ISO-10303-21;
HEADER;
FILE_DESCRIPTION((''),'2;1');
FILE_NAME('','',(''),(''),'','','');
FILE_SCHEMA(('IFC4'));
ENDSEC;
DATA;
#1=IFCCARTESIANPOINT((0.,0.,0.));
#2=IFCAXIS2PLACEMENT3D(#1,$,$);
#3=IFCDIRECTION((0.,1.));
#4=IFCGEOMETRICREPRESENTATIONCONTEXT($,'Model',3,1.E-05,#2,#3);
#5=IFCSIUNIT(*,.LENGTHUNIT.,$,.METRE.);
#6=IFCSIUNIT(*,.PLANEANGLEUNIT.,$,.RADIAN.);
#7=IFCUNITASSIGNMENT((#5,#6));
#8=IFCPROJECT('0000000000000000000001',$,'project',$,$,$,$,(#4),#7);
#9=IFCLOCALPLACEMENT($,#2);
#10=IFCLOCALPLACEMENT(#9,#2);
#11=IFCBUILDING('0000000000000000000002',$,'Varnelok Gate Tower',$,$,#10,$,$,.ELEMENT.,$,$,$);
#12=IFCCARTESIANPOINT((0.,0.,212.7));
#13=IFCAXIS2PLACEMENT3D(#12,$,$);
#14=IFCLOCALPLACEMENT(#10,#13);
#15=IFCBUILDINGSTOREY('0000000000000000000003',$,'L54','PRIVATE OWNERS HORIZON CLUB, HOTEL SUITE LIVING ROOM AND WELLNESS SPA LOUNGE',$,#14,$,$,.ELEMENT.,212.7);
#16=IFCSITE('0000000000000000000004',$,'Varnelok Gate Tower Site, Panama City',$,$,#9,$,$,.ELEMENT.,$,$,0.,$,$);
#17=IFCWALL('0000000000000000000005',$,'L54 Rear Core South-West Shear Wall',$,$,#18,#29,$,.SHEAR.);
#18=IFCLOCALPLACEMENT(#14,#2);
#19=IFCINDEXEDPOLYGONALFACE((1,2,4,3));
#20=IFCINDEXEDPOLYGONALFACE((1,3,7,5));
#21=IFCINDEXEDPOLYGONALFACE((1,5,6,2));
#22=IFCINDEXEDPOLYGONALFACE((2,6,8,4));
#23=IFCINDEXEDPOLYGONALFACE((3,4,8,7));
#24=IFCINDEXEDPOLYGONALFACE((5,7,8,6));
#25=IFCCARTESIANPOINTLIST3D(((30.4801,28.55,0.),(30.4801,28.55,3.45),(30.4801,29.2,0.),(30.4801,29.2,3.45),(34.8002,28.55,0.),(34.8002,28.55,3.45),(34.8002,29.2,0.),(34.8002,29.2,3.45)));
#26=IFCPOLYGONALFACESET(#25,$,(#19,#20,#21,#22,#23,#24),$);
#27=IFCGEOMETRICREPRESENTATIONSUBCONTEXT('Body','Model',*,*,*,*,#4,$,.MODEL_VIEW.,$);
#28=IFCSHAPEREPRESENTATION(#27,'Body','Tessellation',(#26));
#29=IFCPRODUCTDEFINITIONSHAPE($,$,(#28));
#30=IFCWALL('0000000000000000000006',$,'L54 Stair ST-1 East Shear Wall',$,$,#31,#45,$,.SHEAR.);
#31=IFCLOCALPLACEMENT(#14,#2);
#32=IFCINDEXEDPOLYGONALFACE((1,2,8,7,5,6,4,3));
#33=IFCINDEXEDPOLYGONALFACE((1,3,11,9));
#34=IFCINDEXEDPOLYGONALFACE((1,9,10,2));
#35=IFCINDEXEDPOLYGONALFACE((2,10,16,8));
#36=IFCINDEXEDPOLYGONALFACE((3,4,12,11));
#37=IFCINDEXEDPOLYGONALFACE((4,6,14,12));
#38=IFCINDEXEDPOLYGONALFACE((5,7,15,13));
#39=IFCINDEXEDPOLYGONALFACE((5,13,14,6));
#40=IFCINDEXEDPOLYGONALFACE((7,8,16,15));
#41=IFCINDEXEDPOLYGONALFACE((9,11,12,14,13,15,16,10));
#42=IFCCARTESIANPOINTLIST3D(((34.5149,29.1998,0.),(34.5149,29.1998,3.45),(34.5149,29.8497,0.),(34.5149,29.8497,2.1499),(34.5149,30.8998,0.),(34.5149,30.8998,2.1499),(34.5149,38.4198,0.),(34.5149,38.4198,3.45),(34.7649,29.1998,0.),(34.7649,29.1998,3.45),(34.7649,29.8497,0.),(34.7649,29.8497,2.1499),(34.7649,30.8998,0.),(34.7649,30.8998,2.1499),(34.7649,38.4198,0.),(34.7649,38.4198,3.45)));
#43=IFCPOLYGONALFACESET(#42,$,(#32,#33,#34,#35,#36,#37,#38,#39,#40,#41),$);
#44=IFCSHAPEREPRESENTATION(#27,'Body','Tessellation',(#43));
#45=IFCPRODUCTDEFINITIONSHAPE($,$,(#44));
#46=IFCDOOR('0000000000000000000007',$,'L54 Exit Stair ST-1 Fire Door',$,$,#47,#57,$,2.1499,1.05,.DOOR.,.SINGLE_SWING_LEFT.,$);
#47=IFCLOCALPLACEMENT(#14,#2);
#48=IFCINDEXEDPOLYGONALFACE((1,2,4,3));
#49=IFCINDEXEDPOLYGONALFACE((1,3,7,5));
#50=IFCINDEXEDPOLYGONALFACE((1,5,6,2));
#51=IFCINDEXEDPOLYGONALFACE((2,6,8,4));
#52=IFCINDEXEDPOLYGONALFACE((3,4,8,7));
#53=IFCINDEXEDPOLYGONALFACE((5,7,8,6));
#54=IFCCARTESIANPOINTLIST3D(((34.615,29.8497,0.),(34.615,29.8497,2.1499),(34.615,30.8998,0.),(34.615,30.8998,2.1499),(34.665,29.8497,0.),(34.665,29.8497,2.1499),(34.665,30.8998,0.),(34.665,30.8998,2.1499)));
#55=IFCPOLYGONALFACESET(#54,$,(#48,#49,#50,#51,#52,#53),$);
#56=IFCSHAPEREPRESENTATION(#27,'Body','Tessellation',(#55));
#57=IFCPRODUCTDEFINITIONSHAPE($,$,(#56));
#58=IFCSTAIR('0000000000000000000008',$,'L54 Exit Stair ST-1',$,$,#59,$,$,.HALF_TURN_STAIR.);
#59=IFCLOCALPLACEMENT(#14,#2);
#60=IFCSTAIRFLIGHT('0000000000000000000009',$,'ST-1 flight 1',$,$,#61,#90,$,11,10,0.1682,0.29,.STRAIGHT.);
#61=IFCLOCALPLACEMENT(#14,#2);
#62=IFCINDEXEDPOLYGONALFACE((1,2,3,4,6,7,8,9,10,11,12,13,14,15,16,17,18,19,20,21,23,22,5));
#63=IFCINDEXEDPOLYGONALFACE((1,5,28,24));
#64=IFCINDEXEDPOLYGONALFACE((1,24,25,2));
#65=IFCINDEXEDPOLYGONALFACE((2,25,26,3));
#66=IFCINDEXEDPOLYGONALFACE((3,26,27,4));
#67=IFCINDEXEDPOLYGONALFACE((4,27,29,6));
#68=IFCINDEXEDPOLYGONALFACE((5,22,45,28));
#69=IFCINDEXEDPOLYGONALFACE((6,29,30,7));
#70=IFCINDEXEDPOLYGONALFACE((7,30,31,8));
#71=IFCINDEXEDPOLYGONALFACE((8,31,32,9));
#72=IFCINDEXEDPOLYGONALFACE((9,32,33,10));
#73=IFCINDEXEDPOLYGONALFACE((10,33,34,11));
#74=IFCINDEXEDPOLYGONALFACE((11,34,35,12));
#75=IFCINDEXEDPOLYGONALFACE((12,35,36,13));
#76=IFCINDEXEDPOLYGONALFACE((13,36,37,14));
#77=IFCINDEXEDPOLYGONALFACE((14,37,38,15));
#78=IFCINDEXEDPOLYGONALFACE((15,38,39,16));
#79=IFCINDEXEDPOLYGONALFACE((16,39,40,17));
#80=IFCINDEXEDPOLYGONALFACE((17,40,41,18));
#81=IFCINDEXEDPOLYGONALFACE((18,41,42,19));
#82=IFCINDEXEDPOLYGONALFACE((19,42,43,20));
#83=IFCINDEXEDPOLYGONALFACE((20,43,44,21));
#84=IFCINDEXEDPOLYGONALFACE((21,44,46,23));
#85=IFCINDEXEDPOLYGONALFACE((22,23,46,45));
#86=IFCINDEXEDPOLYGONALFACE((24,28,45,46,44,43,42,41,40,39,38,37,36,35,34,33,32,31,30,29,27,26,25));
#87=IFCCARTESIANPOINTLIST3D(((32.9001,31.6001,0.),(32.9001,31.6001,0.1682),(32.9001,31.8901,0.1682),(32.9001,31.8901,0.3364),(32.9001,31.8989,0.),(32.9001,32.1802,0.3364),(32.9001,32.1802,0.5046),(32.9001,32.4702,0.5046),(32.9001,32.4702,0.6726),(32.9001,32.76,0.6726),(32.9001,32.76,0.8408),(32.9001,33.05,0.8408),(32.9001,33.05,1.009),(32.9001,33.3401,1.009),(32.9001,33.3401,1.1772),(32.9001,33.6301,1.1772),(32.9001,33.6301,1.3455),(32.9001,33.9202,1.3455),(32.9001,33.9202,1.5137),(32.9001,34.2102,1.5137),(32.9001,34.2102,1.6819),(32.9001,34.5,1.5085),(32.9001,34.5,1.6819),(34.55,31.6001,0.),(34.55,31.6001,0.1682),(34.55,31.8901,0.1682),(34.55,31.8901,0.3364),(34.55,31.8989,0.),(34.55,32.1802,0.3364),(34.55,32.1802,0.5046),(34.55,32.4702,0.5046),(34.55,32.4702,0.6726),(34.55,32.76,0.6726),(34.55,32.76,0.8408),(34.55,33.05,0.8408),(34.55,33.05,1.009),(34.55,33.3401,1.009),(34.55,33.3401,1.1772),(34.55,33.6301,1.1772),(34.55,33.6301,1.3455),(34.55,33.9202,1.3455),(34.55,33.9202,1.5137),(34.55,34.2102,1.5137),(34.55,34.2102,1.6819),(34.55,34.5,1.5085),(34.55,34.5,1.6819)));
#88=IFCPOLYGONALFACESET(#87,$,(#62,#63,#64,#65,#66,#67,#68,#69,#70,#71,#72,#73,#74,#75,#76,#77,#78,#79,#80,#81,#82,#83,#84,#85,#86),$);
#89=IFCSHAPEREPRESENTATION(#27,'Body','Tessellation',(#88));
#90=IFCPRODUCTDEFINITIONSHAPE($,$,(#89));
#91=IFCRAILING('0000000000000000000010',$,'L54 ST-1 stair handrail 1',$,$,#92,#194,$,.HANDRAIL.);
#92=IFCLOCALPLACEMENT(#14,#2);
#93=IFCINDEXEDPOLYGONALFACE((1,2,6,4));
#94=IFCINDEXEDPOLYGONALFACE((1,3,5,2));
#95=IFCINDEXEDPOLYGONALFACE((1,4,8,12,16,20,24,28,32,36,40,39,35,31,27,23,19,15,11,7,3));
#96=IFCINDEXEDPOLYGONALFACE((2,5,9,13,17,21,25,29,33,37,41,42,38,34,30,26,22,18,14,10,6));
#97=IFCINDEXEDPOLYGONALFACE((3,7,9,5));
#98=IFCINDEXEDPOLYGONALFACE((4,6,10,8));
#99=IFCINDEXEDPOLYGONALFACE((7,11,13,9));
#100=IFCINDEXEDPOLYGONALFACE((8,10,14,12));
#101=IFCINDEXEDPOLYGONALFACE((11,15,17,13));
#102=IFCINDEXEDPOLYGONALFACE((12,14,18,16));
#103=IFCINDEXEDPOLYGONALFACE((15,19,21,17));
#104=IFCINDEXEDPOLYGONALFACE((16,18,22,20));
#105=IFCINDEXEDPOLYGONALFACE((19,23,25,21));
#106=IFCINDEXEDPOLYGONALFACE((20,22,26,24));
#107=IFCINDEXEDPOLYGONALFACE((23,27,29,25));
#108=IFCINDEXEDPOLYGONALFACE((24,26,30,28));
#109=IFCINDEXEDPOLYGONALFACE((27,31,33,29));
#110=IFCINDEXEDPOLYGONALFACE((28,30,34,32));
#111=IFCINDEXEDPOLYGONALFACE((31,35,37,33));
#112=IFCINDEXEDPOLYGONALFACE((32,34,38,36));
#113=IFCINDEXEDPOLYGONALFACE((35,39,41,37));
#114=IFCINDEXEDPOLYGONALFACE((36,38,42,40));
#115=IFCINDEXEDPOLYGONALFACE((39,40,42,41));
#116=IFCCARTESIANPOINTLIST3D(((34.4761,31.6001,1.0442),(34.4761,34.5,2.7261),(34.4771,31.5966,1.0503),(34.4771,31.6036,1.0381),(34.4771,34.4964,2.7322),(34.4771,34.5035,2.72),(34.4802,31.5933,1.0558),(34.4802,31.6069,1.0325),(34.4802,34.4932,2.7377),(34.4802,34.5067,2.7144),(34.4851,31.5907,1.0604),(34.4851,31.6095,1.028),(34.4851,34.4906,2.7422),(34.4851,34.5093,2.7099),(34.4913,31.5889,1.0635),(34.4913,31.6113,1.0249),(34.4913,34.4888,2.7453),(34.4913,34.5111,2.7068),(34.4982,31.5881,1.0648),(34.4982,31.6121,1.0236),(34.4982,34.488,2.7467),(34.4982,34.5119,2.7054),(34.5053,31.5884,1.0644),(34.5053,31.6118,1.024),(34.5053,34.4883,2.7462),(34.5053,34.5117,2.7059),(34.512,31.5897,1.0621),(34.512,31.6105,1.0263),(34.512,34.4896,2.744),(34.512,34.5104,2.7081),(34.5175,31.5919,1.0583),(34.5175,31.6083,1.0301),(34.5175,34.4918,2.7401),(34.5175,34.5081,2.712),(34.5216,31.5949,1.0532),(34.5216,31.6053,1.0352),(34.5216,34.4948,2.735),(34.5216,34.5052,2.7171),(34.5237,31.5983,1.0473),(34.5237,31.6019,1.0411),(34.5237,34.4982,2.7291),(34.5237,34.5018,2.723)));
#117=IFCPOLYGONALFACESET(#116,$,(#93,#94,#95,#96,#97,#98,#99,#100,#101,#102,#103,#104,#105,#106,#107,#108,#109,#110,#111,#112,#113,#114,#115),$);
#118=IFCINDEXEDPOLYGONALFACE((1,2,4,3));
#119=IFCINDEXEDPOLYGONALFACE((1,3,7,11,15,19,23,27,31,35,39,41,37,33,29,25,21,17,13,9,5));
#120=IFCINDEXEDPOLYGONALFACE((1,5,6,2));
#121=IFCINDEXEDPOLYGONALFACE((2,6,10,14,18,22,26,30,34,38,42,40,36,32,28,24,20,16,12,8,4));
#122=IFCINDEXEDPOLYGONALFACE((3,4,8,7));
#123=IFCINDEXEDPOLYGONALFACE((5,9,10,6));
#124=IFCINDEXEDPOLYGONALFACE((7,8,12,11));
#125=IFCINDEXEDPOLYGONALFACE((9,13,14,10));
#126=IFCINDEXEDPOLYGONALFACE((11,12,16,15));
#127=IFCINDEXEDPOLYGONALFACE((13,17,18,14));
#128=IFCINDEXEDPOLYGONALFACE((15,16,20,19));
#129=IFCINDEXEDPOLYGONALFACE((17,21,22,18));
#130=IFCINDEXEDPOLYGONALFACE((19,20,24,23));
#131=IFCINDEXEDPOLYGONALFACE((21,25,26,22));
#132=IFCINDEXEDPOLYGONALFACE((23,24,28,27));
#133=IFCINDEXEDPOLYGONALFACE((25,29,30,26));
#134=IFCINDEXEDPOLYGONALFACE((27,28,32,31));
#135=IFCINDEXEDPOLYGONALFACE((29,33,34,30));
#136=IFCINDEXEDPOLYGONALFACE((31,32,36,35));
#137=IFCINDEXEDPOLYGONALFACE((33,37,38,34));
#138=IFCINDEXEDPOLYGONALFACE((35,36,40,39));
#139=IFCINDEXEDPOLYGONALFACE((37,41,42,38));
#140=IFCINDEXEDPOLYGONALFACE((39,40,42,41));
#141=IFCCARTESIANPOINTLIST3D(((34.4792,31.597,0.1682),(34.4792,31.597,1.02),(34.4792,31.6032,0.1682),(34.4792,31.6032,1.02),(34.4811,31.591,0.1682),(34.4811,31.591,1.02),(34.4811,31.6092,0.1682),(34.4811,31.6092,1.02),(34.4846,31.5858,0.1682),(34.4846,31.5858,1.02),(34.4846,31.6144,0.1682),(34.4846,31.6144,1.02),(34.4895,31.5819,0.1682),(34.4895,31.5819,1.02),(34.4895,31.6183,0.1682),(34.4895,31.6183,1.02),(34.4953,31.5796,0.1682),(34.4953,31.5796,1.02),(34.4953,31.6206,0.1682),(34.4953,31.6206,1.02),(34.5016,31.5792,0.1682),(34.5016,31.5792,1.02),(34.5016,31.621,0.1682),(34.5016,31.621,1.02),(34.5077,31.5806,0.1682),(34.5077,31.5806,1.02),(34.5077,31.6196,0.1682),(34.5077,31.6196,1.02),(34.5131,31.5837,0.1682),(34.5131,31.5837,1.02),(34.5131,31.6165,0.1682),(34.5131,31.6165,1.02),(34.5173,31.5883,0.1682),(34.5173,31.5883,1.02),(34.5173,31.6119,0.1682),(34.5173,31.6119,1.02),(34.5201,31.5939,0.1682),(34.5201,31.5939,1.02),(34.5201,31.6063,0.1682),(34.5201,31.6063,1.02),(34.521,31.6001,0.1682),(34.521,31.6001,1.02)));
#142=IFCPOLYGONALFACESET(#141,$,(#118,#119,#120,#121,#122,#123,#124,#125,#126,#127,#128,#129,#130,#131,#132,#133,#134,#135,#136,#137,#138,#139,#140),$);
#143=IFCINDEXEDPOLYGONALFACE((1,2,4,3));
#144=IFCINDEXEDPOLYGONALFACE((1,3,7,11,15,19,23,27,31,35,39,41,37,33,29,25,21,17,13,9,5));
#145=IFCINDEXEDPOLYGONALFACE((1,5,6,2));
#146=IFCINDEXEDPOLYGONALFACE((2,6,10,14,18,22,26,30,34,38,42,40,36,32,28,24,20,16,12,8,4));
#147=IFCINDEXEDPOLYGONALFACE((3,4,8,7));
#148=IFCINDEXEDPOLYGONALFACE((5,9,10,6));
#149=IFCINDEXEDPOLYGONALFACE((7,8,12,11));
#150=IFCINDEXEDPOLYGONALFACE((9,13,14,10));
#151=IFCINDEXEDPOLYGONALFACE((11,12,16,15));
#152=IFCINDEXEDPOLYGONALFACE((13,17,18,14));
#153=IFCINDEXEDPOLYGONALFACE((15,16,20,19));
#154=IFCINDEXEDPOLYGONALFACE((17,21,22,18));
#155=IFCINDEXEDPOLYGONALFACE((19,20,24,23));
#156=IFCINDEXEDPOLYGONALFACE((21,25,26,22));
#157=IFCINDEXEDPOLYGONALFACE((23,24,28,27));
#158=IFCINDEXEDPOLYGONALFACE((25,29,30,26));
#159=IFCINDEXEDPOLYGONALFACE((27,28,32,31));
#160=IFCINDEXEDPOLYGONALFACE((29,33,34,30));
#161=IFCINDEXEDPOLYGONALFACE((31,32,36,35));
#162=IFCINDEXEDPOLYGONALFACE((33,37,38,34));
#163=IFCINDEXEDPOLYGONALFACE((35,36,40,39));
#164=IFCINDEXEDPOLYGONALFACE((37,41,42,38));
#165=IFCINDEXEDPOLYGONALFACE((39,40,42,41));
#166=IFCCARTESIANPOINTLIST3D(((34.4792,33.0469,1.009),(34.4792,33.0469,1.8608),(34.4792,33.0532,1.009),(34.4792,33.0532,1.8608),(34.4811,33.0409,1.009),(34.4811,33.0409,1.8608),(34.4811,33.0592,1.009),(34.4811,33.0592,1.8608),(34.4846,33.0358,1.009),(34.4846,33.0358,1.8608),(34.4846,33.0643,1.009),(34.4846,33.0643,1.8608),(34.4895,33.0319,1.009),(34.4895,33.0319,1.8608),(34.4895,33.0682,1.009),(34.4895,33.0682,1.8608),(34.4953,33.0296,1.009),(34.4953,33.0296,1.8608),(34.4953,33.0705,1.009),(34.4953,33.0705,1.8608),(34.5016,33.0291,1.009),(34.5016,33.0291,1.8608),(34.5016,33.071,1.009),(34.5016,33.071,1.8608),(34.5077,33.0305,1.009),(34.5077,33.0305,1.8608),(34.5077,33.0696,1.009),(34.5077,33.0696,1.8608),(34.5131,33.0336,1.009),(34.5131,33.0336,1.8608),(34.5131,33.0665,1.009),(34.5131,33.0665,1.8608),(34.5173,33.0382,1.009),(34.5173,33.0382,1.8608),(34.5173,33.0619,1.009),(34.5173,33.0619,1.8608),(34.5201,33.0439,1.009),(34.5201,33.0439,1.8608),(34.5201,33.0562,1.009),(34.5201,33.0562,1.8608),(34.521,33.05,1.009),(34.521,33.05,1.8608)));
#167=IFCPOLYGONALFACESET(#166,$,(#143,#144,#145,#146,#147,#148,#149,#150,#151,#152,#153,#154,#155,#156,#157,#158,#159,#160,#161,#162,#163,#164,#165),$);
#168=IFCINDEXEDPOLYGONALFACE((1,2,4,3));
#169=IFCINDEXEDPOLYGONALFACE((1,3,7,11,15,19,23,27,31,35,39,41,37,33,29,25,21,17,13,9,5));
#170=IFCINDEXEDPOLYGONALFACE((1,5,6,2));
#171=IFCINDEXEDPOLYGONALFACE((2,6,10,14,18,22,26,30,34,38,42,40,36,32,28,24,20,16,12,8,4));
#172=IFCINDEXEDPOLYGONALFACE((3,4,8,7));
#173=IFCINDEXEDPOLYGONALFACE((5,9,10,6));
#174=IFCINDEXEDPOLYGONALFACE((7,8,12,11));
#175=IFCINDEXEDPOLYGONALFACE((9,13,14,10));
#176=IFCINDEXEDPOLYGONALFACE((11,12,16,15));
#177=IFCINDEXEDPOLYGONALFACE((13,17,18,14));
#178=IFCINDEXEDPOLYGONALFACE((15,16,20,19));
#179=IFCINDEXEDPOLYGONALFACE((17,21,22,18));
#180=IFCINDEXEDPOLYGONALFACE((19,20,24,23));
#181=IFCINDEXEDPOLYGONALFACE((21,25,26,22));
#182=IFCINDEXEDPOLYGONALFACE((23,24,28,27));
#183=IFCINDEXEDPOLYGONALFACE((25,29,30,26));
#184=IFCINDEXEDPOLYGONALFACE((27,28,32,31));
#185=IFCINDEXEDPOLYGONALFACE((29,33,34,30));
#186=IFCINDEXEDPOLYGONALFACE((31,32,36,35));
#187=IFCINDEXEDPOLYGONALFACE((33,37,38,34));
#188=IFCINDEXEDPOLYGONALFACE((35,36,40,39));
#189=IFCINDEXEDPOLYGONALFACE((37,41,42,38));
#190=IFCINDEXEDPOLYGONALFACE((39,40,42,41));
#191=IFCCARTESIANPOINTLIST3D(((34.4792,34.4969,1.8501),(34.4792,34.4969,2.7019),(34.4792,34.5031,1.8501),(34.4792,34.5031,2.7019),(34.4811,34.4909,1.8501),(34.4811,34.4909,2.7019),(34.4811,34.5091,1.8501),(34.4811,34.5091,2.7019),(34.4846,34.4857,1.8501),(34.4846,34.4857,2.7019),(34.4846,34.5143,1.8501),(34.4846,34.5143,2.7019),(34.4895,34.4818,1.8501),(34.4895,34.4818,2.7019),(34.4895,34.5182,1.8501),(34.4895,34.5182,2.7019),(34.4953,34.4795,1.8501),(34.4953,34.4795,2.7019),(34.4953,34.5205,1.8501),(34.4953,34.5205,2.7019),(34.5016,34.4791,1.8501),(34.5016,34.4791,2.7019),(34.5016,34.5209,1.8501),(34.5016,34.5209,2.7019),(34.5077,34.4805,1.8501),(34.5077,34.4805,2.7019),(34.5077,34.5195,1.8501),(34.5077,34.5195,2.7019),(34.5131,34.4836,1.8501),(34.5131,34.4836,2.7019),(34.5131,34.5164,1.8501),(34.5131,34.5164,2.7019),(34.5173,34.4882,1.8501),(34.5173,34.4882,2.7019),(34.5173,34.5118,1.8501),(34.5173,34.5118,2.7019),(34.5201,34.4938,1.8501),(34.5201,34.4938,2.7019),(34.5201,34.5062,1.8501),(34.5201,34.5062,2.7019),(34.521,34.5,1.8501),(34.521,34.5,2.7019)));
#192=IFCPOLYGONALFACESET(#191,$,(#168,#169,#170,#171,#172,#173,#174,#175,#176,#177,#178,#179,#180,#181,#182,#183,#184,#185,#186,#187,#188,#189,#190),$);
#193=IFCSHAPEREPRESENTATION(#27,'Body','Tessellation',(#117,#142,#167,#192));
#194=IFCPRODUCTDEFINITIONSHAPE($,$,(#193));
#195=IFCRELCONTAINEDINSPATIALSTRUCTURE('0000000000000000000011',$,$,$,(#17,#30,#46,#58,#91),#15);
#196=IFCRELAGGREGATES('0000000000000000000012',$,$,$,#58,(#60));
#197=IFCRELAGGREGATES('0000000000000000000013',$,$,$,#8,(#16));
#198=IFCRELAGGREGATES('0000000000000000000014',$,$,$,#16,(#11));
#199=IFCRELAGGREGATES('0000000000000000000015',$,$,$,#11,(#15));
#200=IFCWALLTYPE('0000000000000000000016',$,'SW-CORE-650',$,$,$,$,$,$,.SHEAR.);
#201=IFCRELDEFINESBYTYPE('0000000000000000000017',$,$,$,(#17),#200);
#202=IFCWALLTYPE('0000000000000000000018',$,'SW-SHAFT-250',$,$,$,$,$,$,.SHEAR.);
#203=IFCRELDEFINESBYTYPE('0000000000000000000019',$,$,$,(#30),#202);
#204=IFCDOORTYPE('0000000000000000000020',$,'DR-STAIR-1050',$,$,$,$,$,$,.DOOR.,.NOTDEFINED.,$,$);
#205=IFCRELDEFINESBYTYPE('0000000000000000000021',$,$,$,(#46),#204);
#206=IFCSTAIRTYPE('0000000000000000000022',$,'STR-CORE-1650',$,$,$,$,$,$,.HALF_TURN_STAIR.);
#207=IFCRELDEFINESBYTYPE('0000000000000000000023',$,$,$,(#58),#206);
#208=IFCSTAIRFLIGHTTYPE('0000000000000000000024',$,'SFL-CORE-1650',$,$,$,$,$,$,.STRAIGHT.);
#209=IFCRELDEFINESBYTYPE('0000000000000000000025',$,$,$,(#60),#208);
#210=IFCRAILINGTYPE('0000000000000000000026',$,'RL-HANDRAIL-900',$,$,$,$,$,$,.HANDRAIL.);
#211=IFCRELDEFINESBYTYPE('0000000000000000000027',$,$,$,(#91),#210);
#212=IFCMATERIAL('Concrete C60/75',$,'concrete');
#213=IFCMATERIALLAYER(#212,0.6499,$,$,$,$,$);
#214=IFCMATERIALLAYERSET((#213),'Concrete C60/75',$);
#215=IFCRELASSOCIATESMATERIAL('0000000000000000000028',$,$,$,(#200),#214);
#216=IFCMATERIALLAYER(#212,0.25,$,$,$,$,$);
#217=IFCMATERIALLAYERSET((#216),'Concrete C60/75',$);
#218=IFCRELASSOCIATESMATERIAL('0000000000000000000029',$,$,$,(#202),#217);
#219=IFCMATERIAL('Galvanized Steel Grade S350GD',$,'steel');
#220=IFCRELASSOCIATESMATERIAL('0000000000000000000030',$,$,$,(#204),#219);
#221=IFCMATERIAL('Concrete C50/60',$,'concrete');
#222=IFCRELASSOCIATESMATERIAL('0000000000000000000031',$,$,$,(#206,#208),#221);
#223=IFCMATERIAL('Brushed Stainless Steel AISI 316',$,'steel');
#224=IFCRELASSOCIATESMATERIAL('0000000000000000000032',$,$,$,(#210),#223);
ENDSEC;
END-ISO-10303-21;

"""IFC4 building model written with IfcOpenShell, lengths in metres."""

from ifc_helpers import new_model, si_unit, direction, frame, frame_2d, origin, origin_2d, place, context, subcontext, project, spatial, polyline, rectangle, circle, outline, extrude, material, layer, layer_set, type_object, element, fill, aggregate, save


model = new_model("IFC4")

# Units and contexts
model_context = context("Model", 3, precision=1e-05, world=origin(), true_north=direction((0.0, 1.0)))
body_context = subcontext(model_context, "Body", "Model", "MODEL_VIEW")
ifc_project = project(units=[si_unit("LENGTHUNIT", "METRE"), si_unit("PLANEANGLEUNIT", "RADIAN")], contexts=[model_context])

# Site, building, storey
site_placement = place(None, origin())
site = spatial("IfcSite", under=ifc_project, at=site_placement, Name="Varnelok Gate Tower Site, Panama City", CompositionType="ELEMENT", RefElevation=0.0)
building_placement = place(site_placement, origin())
building = spatial("IfcBuilding", under=site, at=building_placement, Name="Varnelok Gate Tower", CompositionType="ELEMENT")
storey_placement = place(building_placement, frame((0.0, 0.0, 212.7)))
storey = spatial("IfcBuildingStorey", under=building, at=storey_placement, Name="L54", Description="PRIVATE OWNERS HORIZON CLUB, HOTEL SUITE LIVING ROOM AND WELLNESS SPA LOUNGE", CompositionType="ELEMENT", Elevation=212.7)

# Shared definitions
ifc_material_1 = material(Name="Concrete C60/75", Category="concrete")

# Shared definitions
ifc_material_2 = material(Name="Galvanized Steel Grade S350GD", Category="steel")

# Wall
ifc_layer_1 = layer(ifc_material_1, 0.6499)
ifc_layer_set_1 = layer_set([ifc_layer_1], Name="Concrete C60/75")
wall_type_1 = type_object("IfcWallType", Name="SW-CORE-650", PredefinedType="SHEAR", material=ifc_layer_set_1)
wall_1_placement = place(storey_placement, frame((30.48, 28.875, 0.0), z_axis=(0.0, 0.0, 1.0), x_axis=(1.0, 0.0, 0.0)))
element("IfcWall", 1, at=wall_1_placement, inside=storey, type_object=wall_type_1, Name="L54 Rear Core South-West Shear Wall", PredefinedType="SHEAR", context=body_context, shape_type="SweptSolid", body=[
    extrude(rectangle(XDim=4.3201, YDim=0.6499, at=frame_2d((2.1602, 0.0))), origin(), (0.0, 0.0, 1.0), 3.45),
])

# Wall, opening, door
ifc_layer_2 = layer(ifc_material_1, 0.25)
ifc_layer_set_2 = layer_set([ifc_layer_2], Name="Concrete C60/75")
wall_type_2 = type_object("IfcWallType", Name="SW-SHAFT-250", PredefinedType="SHEAR", material=ifc_layer_set_2)
wall_2_placement = place(storey_placement, frame((34.6399, 29.2, 0.0), z_axis=(0.0, 0.0, 1.0), x_axis=(0.0, 1.0, 0.0)))
wall_2 = element("IfcWall", 2, at=wall_2_placement, inside=storey, type_object=wall_type_2, Name="L54 Stair ST-1 East Shear Wall", PredefinedType="SHEAR", context=body_context, shape_type="SweptSolid", body=[
    extrude(rectangle(XDim=9.22, YDim=0.25, at=frame_2d((4.6099, 0.0))), origin(), (0.0, 0.0, 1.0), 3.45),
])
opening_1_placement = place(wall_2_placement, frame((0.6499, 0.0, 0.0)))
opening_1 = element("IfcOpeningElement", 3, at=opening_1_placement, cuts=wall_2, PredefinedType="OPENING", context=body_context, shape_type="SweptSolid", body=[
    extrude(rectangle(XDim=1.05, YDim=2.1499, at=frame_2d((0.5249, 1.075))), frame((0.0, 0.135, 0.0), z_axis=(0.0, -1.0, 0.0), x_axis=(1.0, 0.0, 0.0)), (0.0, 0.0, 1.0), 0.27),
])
door_type_1 = type_object("IfcDoorType", Name="DR-STAIR-1050", OperationType="NOTDEFINED", PredefinedType="DOOR", material=ifc_material_2)
door_1_placement = place(opening_1_placement, origin())
door_1 = element("IfcDoor", 4, at=door_1_placement, inside=storey, type_object=door_type_1, Name="L54 Exit Stair ST-1 Fire Door", OperationType="SINGLE_SWING_LEFT", OverallHeight=2.1499, OverallWidth=1.05, PredefinedType="DOOR", context=body_context, shape_type="SweptSolid", body=[
    extrude(rectangle(XDim=1.05, YDim=2.1499, at=frame_2d((0.5249, 1.075))), frame((0.0, 0.0249, 0.0), z_axis=(0.0, -1.0, 0.0), x_axis=(1.0, 0.0, 0.0)), (0.0, 0.0, 1.0), 0.05),
])
fill(opening_1, door_1)

# Stair, stair flight
ifc_material_3 = material(Name="Concrete C50/60", Category="concrete")
stair_type = type_object("IfcStairType", Name="STR-CORE-1650", PredefinedType="HALF_TURN_STAIR", material=ifc_material_3)
stair_placement = place(storey_placement, origin())
stair = element("IfcStair", 5, at=stair_placement, inside=storey, type_object=stair_type, Name="L54 Exit Stair ST-1", PredefinedType="HALF_TURN_STAIR")
stair_flight_type = type_object("IfcStairFlightType", Name="SFL-CORE-1650", PredefinedType="STRAIGHT", material=ifc_material_3)
stair_flight_placement = place(storey_placement, frame((33.7251, 31.6001, 0.0), z_axis=(0.0, 0.0, 1.0), x_axis=(0.0, 1.0, 0.0)))
stair_flight = element("IfcStairFlight", 6, at=stair_flight_placement, type_object=stair_flight_type, Name="ST-1 flight 1", NumberOfRisers=11, NumberOfTreads=10, PredefinedType="STRAIGHT", RiserHeight=0.1682, TreadLength=0.29, context=body_context, shape_type="SweptSolid", body=[
    extrude(outline(polyline([(0.0, 0.0), (0.0, 0.1682), (0.29, 0.1682), (0.29, 0.3364), (0.5801, 0.3364), (0.5801, 0.5046), (0.8701, 0.5046), (0.8701, 0.6726), (1.1599, 0.6726), (1.1599, 0.8408), (1.45, 0.8408), (1.45, 1.009), (1.74, 1.009), (1.74, 1.1772), (2.03, 1.1772), (2.03, 1.3455), (2.3201, 1.3455), (2.3201, 1.5137), (2.6101, 1.5137), (2.6101, 1.6819), (2.8999, 1.6819), (2.8999, 1.8501), (2.8999, 1.5085), (0.2988, 0.0), (0.0, 0.0)])), frame((0.0, 0.825, 0.0), z_axis=(0.0, -1.0, 0.0), x_axis=(1.0, 0.0, 0.0)), (0.0, 0.0, 1.0), 1.6499),
])
aggregate(stair, [stair_flight])

# Railing
ifc_material_4 = material(Name="Brushed Stainless Steel AISI 316", Category="steel")
railing_type_1 = type_object("IfcRailingType", Name="RL-HANDRAIL-900", PredefinedType="HANDRAIL", material=ifc_material_4)
railing_1_placement = place(storey_placement, frame((34.5, 31.6001, 0.1682)))
element("IfcRailing", 7, at=railing_1_placement, inside=storey, type_object=railing_type_1, Name="L54 ST-1 stair handrail 1", PredefinedType="HANDRAIL", context=body_context, shape_type="SweptSolid", body=[
    extrude(circle(Radius=0.0239, at=origin_2d()), frame((0.0, 0.0, 0.876), z_axis=(0.0, 0.865039, 0.501705), x_axis=(-1.0, 0.0, 0.0)), (0.0, 0.0, 1.0), 3.3523),
    extrude(circle(Radius=0.021, at=origin_2d()), origin(), (0.0, 0.0, 1.0), 0.8518),
    extrude(circle(Radius=0.021, at=origin_2d()), frame((0.0, 1.45, 0.8408)), (0.0, 0.0, 1.0), 0.8518),
    extrude(circle(Radius=0.021, at=origin_2d()), frame((0.0, 2.8999, 1.6819)), (0.0, 0.0, 1.0), 0.8518),
])

save(model, "model.ifc")
